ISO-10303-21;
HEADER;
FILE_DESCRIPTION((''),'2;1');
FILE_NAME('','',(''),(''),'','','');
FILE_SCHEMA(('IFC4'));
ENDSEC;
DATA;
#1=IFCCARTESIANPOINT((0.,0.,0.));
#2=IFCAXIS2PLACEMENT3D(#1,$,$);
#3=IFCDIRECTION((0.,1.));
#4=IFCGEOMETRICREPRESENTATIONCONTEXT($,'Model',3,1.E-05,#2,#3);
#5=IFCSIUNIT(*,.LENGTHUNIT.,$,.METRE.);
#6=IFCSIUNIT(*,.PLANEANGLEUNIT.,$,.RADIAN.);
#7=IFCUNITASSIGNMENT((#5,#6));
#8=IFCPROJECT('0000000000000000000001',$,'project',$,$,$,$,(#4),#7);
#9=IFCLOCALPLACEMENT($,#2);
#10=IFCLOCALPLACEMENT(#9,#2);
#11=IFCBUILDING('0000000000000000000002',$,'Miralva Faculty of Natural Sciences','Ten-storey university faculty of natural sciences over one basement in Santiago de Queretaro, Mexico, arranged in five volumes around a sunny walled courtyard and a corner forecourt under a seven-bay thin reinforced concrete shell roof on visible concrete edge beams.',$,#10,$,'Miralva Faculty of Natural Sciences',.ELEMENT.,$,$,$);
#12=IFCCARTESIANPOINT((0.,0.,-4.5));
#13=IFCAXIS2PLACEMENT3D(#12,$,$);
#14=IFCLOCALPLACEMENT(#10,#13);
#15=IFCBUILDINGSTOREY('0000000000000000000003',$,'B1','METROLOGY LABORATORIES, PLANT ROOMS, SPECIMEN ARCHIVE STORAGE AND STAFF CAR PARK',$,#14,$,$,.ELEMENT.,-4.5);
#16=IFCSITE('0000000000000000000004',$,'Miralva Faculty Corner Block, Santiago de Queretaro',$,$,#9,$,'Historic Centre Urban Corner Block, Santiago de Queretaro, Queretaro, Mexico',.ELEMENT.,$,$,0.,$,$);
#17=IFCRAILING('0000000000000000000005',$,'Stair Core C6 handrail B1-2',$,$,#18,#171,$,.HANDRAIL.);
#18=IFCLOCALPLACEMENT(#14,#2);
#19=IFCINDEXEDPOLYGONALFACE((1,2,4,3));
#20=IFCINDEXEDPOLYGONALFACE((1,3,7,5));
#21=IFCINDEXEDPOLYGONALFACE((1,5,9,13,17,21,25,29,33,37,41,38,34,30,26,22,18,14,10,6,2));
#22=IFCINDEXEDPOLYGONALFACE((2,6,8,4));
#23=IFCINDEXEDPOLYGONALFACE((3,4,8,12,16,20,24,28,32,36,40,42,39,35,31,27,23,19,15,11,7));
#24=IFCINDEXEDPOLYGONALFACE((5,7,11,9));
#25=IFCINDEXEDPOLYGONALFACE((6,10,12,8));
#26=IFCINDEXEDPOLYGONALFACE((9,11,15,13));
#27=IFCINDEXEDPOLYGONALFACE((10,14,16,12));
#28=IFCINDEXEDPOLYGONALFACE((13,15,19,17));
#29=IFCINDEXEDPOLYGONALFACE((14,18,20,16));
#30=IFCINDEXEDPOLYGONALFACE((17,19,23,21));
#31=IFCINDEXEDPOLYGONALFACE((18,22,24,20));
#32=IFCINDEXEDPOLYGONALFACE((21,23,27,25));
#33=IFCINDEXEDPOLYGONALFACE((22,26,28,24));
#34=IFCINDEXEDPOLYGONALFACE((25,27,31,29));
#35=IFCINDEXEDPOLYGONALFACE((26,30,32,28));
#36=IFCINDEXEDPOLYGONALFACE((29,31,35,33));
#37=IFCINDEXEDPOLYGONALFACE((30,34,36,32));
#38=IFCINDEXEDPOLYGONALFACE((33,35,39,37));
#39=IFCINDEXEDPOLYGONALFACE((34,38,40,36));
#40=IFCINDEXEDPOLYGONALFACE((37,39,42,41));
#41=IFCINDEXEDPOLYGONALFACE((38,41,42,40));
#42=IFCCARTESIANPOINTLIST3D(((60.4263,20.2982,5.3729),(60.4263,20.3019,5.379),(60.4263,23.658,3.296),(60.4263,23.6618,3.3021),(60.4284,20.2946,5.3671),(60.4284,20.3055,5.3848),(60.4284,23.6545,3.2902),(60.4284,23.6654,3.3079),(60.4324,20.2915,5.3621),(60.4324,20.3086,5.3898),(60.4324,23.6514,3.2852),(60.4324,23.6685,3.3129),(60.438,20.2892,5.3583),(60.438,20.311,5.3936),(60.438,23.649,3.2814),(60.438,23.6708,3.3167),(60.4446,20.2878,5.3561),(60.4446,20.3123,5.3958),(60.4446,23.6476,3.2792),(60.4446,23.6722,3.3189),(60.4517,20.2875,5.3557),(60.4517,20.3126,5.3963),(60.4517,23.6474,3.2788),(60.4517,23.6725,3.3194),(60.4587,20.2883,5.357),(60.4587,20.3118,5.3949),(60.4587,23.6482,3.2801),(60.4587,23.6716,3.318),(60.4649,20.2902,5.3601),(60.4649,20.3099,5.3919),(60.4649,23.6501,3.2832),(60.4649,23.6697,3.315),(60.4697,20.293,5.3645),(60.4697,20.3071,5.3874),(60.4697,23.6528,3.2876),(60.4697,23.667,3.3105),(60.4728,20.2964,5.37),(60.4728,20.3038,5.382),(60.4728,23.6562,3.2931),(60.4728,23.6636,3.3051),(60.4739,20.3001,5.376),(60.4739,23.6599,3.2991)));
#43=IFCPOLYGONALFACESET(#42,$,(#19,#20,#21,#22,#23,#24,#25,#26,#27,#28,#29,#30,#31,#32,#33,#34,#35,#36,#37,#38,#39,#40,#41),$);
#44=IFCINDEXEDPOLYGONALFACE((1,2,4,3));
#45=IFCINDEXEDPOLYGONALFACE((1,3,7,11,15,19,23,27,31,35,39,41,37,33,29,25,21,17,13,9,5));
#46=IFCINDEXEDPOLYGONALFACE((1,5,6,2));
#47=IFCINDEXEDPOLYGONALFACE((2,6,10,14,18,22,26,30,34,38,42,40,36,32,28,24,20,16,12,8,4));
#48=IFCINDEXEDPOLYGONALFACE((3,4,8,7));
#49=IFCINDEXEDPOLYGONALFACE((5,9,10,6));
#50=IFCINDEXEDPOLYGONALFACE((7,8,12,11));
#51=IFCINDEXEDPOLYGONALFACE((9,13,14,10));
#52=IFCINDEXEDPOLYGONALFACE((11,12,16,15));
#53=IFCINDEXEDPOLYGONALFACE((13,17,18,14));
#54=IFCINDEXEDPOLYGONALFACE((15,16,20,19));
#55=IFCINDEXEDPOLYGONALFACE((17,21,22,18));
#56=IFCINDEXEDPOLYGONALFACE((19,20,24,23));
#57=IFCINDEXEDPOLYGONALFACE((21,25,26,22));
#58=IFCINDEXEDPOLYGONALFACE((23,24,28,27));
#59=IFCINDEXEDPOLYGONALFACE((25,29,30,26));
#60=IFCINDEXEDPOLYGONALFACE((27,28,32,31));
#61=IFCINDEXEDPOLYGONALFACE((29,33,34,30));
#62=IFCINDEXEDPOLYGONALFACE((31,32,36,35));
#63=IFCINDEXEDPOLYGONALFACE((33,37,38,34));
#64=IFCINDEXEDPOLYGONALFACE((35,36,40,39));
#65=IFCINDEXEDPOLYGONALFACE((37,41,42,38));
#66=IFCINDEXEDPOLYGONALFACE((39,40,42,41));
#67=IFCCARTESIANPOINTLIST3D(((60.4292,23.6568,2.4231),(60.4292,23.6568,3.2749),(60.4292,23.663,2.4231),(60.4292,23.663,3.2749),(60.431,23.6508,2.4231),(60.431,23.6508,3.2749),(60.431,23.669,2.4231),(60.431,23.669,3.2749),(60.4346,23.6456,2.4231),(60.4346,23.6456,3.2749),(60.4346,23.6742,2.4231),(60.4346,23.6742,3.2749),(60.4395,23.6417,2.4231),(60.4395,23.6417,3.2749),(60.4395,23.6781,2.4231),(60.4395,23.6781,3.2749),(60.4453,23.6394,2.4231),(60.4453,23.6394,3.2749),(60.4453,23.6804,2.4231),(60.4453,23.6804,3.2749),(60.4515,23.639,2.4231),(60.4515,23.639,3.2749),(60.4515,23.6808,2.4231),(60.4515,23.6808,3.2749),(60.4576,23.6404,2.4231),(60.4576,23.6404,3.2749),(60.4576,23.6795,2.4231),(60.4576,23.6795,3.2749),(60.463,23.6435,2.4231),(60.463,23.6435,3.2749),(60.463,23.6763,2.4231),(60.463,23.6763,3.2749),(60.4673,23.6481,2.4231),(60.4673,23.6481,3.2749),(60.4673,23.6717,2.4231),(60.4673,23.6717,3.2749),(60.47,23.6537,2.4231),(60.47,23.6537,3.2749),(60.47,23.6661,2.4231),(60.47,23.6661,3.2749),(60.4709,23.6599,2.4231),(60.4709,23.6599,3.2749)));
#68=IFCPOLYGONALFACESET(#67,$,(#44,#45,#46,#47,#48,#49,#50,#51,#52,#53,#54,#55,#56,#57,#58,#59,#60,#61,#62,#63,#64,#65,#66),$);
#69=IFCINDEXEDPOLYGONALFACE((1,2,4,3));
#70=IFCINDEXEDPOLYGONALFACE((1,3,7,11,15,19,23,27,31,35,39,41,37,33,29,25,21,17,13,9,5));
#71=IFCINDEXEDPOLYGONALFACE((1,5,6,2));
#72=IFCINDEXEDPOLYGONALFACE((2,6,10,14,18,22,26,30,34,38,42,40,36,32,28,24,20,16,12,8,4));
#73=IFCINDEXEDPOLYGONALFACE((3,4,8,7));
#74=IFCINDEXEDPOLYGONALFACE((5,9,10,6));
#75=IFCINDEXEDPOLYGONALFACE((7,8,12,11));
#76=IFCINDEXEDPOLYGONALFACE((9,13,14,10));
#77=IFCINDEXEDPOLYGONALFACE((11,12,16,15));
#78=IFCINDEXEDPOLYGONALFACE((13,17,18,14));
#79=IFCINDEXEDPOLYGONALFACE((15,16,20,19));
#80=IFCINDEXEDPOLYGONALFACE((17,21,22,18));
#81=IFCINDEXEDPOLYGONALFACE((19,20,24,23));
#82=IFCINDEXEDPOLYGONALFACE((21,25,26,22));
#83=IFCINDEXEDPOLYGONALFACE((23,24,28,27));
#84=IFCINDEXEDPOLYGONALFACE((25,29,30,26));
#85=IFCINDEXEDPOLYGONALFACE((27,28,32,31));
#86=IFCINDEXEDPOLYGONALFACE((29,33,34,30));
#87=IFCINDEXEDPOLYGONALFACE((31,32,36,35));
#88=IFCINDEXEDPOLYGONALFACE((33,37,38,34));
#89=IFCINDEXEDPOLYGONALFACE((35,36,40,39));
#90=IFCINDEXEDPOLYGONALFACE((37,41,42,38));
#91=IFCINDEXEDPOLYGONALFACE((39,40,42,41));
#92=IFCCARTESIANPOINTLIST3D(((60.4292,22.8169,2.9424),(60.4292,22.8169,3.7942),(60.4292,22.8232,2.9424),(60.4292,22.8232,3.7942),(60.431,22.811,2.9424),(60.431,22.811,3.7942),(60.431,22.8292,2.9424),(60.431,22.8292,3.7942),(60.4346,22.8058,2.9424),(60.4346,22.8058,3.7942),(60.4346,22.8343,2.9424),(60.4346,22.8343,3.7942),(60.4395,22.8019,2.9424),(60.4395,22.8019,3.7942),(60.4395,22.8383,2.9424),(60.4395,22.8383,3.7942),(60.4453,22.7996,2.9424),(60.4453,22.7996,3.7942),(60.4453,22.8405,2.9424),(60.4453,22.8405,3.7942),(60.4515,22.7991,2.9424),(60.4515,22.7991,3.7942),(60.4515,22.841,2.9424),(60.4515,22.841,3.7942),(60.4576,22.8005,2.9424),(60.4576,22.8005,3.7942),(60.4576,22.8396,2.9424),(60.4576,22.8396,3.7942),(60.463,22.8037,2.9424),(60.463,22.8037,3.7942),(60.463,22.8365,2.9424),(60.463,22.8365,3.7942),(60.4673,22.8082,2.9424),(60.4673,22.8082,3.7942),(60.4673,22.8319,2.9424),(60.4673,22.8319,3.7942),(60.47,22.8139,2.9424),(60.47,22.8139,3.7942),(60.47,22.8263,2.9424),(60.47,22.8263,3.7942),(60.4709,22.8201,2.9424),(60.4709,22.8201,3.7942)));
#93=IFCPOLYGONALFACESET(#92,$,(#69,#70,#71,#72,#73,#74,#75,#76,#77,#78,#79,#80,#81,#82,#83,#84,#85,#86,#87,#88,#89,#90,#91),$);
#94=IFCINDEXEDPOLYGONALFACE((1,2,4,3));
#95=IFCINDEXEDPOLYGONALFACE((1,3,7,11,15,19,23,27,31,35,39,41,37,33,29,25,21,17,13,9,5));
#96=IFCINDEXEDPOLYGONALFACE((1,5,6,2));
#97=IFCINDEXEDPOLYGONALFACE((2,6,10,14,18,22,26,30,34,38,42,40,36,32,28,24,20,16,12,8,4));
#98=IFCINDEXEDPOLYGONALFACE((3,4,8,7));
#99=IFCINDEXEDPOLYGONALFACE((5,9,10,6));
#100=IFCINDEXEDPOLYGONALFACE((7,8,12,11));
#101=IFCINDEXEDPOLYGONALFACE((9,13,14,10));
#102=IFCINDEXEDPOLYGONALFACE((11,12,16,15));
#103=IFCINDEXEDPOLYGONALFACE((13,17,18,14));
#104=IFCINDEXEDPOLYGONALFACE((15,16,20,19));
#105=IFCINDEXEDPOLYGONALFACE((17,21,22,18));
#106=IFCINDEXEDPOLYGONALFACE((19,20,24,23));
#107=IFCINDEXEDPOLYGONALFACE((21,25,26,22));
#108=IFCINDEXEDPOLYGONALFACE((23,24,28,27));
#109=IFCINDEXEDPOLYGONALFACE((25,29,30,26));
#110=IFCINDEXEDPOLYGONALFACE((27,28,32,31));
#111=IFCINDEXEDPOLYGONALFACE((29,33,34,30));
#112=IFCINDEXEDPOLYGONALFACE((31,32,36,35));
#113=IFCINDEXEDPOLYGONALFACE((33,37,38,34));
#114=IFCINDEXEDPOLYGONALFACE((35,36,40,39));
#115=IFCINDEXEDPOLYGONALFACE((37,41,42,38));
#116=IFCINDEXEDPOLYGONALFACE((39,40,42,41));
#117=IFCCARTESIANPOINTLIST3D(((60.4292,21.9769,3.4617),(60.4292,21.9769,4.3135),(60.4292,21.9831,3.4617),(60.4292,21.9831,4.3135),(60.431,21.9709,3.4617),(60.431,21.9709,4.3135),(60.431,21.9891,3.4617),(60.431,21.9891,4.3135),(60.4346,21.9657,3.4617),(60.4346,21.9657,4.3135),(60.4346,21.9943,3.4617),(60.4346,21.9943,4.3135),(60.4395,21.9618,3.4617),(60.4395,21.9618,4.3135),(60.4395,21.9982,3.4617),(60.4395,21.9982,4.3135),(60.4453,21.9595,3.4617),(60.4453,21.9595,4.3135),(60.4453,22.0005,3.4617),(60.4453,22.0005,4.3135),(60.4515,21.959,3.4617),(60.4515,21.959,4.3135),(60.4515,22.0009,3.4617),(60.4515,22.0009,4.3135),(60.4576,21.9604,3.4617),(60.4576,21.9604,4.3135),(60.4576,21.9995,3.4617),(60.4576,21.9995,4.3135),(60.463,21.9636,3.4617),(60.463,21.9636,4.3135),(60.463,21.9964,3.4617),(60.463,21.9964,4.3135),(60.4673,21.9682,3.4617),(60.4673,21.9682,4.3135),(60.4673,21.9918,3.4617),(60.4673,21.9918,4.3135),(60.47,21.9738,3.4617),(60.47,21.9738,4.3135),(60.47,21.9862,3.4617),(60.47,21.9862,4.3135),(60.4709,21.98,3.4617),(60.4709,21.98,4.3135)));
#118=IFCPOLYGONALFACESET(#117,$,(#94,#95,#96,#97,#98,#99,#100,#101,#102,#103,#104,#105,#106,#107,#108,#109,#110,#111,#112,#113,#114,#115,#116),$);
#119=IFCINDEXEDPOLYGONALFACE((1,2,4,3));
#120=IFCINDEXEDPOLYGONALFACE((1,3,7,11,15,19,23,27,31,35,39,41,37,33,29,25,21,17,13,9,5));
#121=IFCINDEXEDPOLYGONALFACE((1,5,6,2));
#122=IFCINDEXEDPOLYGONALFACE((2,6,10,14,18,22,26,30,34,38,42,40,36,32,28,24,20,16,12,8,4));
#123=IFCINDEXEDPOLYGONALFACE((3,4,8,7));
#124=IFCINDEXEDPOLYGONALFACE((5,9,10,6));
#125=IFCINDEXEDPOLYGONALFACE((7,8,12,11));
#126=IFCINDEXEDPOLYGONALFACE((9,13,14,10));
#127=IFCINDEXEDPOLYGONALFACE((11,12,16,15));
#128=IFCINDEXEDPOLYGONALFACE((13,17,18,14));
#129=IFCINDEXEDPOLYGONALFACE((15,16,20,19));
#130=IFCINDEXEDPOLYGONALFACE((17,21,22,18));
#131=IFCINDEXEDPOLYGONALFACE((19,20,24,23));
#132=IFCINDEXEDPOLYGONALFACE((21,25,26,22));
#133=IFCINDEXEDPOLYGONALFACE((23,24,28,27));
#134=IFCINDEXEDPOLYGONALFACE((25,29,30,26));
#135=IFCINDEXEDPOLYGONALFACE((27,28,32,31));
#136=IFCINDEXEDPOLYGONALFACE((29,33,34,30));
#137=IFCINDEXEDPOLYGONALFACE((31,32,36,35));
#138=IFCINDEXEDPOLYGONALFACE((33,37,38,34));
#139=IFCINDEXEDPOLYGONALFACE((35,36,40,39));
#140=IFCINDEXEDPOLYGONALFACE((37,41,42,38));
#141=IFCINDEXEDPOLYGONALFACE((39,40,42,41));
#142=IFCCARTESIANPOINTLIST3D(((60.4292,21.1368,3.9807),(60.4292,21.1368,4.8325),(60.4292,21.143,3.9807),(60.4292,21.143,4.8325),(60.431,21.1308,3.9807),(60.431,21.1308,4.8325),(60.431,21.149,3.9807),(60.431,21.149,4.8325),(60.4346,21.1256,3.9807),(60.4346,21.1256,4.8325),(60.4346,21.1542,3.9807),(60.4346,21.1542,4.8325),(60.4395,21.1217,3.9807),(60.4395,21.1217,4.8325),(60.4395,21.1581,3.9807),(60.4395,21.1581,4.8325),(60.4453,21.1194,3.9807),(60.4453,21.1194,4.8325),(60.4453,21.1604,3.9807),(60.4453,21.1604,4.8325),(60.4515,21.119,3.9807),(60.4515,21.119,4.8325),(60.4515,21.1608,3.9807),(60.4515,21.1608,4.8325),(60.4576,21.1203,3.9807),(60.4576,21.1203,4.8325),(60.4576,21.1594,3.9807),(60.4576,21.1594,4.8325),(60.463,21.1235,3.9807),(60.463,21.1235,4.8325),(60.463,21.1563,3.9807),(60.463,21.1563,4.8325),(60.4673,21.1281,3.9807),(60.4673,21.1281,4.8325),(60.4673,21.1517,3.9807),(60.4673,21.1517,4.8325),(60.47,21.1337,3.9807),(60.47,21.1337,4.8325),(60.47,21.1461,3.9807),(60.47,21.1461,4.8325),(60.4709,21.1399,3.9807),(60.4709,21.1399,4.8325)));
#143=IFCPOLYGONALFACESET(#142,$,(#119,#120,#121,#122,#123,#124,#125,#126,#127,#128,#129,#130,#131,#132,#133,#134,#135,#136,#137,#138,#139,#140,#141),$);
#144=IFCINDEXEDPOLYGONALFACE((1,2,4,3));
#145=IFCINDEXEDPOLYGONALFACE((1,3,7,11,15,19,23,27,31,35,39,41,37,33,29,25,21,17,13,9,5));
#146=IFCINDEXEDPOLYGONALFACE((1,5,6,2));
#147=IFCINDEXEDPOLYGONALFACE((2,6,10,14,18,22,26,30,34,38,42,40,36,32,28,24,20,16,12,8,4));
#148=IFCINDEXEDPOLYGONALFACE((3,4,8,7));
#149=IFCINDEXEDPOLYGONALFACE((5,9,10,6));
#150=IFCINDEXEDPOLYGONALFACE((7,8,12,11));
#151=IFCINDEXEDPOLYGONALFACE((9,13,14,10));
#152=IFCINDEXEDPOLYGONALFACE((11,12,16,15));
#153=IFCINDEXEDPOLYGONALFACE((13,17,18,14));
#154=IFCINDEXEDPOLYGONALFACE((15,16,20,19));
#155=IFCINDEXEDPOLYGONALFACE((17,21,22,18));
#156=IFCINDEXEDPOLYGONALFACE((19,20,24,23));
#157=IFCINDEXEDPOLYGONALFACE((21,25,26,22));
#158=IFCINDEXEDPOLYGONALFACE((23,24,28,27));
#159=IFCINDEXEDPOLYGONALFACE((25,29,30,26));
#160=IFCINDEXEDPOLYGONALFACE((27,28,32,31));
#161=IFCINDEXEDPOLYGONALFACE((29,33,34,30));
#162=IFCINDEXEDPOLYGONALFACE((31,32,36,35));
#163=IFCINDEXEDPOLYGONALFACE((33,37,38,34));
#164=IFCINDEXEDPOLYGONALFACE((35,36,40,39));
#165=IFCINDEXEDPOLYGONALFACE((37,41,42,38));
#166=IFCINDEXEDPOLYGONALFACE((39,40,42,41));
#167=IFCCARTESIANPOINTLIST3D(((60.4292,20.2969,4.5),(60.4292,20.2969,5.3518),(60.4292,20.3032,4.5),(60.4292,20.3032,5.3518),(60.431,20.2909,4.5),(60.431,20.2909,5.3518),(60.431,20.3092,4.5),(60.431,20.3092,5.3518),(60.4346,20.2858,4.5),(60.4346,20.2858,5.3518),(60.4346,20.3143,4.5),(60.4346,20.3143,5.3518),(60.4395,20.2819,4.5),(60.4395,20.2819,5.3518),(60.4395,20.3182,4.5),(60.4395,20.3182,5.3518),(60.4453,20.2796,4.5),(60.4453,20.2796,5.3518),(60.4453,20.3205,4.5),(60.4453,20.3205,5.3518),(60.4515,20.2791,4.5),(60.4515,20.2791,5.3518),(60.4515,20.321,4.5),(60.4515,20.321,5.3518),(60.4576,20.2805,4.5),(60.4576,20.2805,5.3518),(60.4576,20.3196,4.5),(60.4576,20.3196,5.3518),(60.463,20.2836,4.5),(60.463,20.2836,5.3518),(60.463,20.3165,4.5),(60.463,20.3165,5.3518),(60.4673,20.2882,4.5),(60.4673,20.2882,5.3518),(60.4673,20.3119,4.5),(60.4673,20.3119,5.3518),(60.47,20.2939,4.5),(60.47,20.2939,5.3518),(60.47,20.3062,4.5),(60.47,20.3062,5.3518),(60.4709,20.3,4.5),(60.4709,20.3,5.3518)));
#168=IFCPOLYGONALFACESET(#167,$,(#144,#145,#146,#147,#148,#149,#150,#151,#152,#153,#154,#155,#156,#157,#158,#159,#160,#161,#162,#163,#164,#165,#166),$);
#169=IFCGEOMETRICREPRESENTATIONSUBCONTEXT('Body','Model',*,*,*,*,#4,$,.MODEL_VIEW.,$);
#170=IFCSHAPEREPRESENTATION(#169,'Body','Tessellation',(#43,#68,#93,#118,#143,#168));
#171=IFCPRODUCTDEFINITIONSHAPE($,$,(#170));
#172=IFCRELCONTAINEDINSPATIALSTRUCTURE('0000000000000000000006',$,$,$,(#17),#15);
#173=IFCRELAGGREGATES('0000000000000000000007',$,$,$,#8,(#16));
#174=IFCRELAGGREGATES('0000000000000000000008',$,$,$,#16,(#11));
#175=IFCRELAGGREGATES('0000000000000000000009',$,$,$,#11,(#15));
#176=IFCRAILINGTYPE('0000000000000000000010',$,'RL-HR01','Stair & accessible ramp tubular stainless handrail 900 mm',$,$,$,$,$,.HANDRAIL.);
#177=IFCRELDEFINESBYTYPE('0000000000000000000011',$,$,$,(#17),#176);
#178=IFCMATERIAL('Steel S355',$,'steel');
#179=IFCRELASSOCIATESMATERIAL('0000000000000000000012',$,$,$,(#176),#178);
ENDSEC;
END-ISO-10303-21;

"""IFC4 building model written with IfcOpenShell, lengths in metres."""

from ifc_helpers import new_model, si_unit, direction, frame, origin, origin_2d, place, context, subcontext, project, spatial, circle, extrude, material, type_object, element, save


model = new_model("IFC4")

# Units and contexts
model_context = context("Model", 3, precision=1e-05, world=origin(), true_north=direction((0.0, 1.0)))
body_context = subcontext(model_context, "Body", "Model", "MODEL_VIEW")
ifc_project = project(units=[si_unit("LENGTHUNIT", "METRE"), si_unit("PLANEANGLEUNIT", "RADIAN")], contexts=[model_context])

# Site, building, storey
site_placement = place(None, origin())
site = spatial("IfcSite", under=ifc_project, at=site_placement, Name="Miralva Faculty Corner Block, Santiago de Queretaro", LongName="Historic Centre Urban Corner Block, Santiago de Queretaro, Queretaro, Mexico", CompositionType="ELEMENT", RefElevation=0.0)
building_placement = place(site_placement, origin())
building = spatial("IfcBuilding", under=site, at=building_placement, Name="Miralva Faculty of Natural Sciences", Description="Ten-storey university faculty of natural sciences over one basement in Santiago de Queretaro, Mexico, arranged in five volumes around a sunny walled courtyard and a corner forecourt under a seven-bay thin reinforced concrete shell roof on visible concrete edge beams.", LongName="Miralva Faculty of Natural Sciences", CompositionType="ELEMENT")
storey_placement = place(building_placement, frame((0.0, 0.0, -4.5)))
storey = spatial("IfcBuildingStorey", under=building, at=storey_placement, Name="B1", Description="METROLOGY LABORATORIES, PLANT ROOMS, SPECIMEN ARCHIVE STORAGE AND STAFF CAR PARK", CompositionType="ELEMENT", Elevation=-4.5)

# Railing
ifc_material_1 = material(Name="Steel S355", Category="steel")
railing_type_1 = type_object("IfcRailingType", Name="RL-HR01", Description="Stair & accessible ramp tubular stainless handrail 900 mm", PredefinedType="HANDRAIL", material=ifc_material_1)
railing_1_placement = place(storey_placement, frame((60.45, 23.6599, 2.4231)))
element("IfcRailing", 1, at=railing_1_placement, inside=storey, type_object=railing_type_1, Name="Stair Core C6 handrail B1-2", PredefinedType="HANDRAIL", context=body_context, shape_type="SweptSolid", body=[
    extrude(circle(Radius=0.0239, at=origin_2d()), frame((0.0, 0.0, 0.876), z_axis=(0.0, -0.850606, 0.525803), x_axis=(1.0, 0.0, 0.0)), (0.0, 0.0, 1.0), 3.95),
    extrude(circle(Radius=0.021, at=origin_2d()), origin(), (0.0, 0.0, 1.0), 0.8518),
    extrude(circle(Radius=0.021, at=origin_2d()), frame((0.0, -0.8398, 0.5193)), (0.0, 0.0, 1.0), 0.8518),
    extrude(circle(Radius=0.021, at=origin_2d()), frame((0.0, -1.6799, 1.0386)), (0.0, 0.0, 1.0), 0.8518),
    extrude(circle(Radius=0.021, at=origin_2d()), frame((0.0, -2.52, 1.5576)), (0.0, 0.0, 1.0), 0.8518),
    extrude(circle(Radius=0.021, at=origin_2d()), frame((0.0, -3.3599, 2.0769)), (0.0, 0.0, 1.0), 0.8518),
])

save(model, "model.ifc")
